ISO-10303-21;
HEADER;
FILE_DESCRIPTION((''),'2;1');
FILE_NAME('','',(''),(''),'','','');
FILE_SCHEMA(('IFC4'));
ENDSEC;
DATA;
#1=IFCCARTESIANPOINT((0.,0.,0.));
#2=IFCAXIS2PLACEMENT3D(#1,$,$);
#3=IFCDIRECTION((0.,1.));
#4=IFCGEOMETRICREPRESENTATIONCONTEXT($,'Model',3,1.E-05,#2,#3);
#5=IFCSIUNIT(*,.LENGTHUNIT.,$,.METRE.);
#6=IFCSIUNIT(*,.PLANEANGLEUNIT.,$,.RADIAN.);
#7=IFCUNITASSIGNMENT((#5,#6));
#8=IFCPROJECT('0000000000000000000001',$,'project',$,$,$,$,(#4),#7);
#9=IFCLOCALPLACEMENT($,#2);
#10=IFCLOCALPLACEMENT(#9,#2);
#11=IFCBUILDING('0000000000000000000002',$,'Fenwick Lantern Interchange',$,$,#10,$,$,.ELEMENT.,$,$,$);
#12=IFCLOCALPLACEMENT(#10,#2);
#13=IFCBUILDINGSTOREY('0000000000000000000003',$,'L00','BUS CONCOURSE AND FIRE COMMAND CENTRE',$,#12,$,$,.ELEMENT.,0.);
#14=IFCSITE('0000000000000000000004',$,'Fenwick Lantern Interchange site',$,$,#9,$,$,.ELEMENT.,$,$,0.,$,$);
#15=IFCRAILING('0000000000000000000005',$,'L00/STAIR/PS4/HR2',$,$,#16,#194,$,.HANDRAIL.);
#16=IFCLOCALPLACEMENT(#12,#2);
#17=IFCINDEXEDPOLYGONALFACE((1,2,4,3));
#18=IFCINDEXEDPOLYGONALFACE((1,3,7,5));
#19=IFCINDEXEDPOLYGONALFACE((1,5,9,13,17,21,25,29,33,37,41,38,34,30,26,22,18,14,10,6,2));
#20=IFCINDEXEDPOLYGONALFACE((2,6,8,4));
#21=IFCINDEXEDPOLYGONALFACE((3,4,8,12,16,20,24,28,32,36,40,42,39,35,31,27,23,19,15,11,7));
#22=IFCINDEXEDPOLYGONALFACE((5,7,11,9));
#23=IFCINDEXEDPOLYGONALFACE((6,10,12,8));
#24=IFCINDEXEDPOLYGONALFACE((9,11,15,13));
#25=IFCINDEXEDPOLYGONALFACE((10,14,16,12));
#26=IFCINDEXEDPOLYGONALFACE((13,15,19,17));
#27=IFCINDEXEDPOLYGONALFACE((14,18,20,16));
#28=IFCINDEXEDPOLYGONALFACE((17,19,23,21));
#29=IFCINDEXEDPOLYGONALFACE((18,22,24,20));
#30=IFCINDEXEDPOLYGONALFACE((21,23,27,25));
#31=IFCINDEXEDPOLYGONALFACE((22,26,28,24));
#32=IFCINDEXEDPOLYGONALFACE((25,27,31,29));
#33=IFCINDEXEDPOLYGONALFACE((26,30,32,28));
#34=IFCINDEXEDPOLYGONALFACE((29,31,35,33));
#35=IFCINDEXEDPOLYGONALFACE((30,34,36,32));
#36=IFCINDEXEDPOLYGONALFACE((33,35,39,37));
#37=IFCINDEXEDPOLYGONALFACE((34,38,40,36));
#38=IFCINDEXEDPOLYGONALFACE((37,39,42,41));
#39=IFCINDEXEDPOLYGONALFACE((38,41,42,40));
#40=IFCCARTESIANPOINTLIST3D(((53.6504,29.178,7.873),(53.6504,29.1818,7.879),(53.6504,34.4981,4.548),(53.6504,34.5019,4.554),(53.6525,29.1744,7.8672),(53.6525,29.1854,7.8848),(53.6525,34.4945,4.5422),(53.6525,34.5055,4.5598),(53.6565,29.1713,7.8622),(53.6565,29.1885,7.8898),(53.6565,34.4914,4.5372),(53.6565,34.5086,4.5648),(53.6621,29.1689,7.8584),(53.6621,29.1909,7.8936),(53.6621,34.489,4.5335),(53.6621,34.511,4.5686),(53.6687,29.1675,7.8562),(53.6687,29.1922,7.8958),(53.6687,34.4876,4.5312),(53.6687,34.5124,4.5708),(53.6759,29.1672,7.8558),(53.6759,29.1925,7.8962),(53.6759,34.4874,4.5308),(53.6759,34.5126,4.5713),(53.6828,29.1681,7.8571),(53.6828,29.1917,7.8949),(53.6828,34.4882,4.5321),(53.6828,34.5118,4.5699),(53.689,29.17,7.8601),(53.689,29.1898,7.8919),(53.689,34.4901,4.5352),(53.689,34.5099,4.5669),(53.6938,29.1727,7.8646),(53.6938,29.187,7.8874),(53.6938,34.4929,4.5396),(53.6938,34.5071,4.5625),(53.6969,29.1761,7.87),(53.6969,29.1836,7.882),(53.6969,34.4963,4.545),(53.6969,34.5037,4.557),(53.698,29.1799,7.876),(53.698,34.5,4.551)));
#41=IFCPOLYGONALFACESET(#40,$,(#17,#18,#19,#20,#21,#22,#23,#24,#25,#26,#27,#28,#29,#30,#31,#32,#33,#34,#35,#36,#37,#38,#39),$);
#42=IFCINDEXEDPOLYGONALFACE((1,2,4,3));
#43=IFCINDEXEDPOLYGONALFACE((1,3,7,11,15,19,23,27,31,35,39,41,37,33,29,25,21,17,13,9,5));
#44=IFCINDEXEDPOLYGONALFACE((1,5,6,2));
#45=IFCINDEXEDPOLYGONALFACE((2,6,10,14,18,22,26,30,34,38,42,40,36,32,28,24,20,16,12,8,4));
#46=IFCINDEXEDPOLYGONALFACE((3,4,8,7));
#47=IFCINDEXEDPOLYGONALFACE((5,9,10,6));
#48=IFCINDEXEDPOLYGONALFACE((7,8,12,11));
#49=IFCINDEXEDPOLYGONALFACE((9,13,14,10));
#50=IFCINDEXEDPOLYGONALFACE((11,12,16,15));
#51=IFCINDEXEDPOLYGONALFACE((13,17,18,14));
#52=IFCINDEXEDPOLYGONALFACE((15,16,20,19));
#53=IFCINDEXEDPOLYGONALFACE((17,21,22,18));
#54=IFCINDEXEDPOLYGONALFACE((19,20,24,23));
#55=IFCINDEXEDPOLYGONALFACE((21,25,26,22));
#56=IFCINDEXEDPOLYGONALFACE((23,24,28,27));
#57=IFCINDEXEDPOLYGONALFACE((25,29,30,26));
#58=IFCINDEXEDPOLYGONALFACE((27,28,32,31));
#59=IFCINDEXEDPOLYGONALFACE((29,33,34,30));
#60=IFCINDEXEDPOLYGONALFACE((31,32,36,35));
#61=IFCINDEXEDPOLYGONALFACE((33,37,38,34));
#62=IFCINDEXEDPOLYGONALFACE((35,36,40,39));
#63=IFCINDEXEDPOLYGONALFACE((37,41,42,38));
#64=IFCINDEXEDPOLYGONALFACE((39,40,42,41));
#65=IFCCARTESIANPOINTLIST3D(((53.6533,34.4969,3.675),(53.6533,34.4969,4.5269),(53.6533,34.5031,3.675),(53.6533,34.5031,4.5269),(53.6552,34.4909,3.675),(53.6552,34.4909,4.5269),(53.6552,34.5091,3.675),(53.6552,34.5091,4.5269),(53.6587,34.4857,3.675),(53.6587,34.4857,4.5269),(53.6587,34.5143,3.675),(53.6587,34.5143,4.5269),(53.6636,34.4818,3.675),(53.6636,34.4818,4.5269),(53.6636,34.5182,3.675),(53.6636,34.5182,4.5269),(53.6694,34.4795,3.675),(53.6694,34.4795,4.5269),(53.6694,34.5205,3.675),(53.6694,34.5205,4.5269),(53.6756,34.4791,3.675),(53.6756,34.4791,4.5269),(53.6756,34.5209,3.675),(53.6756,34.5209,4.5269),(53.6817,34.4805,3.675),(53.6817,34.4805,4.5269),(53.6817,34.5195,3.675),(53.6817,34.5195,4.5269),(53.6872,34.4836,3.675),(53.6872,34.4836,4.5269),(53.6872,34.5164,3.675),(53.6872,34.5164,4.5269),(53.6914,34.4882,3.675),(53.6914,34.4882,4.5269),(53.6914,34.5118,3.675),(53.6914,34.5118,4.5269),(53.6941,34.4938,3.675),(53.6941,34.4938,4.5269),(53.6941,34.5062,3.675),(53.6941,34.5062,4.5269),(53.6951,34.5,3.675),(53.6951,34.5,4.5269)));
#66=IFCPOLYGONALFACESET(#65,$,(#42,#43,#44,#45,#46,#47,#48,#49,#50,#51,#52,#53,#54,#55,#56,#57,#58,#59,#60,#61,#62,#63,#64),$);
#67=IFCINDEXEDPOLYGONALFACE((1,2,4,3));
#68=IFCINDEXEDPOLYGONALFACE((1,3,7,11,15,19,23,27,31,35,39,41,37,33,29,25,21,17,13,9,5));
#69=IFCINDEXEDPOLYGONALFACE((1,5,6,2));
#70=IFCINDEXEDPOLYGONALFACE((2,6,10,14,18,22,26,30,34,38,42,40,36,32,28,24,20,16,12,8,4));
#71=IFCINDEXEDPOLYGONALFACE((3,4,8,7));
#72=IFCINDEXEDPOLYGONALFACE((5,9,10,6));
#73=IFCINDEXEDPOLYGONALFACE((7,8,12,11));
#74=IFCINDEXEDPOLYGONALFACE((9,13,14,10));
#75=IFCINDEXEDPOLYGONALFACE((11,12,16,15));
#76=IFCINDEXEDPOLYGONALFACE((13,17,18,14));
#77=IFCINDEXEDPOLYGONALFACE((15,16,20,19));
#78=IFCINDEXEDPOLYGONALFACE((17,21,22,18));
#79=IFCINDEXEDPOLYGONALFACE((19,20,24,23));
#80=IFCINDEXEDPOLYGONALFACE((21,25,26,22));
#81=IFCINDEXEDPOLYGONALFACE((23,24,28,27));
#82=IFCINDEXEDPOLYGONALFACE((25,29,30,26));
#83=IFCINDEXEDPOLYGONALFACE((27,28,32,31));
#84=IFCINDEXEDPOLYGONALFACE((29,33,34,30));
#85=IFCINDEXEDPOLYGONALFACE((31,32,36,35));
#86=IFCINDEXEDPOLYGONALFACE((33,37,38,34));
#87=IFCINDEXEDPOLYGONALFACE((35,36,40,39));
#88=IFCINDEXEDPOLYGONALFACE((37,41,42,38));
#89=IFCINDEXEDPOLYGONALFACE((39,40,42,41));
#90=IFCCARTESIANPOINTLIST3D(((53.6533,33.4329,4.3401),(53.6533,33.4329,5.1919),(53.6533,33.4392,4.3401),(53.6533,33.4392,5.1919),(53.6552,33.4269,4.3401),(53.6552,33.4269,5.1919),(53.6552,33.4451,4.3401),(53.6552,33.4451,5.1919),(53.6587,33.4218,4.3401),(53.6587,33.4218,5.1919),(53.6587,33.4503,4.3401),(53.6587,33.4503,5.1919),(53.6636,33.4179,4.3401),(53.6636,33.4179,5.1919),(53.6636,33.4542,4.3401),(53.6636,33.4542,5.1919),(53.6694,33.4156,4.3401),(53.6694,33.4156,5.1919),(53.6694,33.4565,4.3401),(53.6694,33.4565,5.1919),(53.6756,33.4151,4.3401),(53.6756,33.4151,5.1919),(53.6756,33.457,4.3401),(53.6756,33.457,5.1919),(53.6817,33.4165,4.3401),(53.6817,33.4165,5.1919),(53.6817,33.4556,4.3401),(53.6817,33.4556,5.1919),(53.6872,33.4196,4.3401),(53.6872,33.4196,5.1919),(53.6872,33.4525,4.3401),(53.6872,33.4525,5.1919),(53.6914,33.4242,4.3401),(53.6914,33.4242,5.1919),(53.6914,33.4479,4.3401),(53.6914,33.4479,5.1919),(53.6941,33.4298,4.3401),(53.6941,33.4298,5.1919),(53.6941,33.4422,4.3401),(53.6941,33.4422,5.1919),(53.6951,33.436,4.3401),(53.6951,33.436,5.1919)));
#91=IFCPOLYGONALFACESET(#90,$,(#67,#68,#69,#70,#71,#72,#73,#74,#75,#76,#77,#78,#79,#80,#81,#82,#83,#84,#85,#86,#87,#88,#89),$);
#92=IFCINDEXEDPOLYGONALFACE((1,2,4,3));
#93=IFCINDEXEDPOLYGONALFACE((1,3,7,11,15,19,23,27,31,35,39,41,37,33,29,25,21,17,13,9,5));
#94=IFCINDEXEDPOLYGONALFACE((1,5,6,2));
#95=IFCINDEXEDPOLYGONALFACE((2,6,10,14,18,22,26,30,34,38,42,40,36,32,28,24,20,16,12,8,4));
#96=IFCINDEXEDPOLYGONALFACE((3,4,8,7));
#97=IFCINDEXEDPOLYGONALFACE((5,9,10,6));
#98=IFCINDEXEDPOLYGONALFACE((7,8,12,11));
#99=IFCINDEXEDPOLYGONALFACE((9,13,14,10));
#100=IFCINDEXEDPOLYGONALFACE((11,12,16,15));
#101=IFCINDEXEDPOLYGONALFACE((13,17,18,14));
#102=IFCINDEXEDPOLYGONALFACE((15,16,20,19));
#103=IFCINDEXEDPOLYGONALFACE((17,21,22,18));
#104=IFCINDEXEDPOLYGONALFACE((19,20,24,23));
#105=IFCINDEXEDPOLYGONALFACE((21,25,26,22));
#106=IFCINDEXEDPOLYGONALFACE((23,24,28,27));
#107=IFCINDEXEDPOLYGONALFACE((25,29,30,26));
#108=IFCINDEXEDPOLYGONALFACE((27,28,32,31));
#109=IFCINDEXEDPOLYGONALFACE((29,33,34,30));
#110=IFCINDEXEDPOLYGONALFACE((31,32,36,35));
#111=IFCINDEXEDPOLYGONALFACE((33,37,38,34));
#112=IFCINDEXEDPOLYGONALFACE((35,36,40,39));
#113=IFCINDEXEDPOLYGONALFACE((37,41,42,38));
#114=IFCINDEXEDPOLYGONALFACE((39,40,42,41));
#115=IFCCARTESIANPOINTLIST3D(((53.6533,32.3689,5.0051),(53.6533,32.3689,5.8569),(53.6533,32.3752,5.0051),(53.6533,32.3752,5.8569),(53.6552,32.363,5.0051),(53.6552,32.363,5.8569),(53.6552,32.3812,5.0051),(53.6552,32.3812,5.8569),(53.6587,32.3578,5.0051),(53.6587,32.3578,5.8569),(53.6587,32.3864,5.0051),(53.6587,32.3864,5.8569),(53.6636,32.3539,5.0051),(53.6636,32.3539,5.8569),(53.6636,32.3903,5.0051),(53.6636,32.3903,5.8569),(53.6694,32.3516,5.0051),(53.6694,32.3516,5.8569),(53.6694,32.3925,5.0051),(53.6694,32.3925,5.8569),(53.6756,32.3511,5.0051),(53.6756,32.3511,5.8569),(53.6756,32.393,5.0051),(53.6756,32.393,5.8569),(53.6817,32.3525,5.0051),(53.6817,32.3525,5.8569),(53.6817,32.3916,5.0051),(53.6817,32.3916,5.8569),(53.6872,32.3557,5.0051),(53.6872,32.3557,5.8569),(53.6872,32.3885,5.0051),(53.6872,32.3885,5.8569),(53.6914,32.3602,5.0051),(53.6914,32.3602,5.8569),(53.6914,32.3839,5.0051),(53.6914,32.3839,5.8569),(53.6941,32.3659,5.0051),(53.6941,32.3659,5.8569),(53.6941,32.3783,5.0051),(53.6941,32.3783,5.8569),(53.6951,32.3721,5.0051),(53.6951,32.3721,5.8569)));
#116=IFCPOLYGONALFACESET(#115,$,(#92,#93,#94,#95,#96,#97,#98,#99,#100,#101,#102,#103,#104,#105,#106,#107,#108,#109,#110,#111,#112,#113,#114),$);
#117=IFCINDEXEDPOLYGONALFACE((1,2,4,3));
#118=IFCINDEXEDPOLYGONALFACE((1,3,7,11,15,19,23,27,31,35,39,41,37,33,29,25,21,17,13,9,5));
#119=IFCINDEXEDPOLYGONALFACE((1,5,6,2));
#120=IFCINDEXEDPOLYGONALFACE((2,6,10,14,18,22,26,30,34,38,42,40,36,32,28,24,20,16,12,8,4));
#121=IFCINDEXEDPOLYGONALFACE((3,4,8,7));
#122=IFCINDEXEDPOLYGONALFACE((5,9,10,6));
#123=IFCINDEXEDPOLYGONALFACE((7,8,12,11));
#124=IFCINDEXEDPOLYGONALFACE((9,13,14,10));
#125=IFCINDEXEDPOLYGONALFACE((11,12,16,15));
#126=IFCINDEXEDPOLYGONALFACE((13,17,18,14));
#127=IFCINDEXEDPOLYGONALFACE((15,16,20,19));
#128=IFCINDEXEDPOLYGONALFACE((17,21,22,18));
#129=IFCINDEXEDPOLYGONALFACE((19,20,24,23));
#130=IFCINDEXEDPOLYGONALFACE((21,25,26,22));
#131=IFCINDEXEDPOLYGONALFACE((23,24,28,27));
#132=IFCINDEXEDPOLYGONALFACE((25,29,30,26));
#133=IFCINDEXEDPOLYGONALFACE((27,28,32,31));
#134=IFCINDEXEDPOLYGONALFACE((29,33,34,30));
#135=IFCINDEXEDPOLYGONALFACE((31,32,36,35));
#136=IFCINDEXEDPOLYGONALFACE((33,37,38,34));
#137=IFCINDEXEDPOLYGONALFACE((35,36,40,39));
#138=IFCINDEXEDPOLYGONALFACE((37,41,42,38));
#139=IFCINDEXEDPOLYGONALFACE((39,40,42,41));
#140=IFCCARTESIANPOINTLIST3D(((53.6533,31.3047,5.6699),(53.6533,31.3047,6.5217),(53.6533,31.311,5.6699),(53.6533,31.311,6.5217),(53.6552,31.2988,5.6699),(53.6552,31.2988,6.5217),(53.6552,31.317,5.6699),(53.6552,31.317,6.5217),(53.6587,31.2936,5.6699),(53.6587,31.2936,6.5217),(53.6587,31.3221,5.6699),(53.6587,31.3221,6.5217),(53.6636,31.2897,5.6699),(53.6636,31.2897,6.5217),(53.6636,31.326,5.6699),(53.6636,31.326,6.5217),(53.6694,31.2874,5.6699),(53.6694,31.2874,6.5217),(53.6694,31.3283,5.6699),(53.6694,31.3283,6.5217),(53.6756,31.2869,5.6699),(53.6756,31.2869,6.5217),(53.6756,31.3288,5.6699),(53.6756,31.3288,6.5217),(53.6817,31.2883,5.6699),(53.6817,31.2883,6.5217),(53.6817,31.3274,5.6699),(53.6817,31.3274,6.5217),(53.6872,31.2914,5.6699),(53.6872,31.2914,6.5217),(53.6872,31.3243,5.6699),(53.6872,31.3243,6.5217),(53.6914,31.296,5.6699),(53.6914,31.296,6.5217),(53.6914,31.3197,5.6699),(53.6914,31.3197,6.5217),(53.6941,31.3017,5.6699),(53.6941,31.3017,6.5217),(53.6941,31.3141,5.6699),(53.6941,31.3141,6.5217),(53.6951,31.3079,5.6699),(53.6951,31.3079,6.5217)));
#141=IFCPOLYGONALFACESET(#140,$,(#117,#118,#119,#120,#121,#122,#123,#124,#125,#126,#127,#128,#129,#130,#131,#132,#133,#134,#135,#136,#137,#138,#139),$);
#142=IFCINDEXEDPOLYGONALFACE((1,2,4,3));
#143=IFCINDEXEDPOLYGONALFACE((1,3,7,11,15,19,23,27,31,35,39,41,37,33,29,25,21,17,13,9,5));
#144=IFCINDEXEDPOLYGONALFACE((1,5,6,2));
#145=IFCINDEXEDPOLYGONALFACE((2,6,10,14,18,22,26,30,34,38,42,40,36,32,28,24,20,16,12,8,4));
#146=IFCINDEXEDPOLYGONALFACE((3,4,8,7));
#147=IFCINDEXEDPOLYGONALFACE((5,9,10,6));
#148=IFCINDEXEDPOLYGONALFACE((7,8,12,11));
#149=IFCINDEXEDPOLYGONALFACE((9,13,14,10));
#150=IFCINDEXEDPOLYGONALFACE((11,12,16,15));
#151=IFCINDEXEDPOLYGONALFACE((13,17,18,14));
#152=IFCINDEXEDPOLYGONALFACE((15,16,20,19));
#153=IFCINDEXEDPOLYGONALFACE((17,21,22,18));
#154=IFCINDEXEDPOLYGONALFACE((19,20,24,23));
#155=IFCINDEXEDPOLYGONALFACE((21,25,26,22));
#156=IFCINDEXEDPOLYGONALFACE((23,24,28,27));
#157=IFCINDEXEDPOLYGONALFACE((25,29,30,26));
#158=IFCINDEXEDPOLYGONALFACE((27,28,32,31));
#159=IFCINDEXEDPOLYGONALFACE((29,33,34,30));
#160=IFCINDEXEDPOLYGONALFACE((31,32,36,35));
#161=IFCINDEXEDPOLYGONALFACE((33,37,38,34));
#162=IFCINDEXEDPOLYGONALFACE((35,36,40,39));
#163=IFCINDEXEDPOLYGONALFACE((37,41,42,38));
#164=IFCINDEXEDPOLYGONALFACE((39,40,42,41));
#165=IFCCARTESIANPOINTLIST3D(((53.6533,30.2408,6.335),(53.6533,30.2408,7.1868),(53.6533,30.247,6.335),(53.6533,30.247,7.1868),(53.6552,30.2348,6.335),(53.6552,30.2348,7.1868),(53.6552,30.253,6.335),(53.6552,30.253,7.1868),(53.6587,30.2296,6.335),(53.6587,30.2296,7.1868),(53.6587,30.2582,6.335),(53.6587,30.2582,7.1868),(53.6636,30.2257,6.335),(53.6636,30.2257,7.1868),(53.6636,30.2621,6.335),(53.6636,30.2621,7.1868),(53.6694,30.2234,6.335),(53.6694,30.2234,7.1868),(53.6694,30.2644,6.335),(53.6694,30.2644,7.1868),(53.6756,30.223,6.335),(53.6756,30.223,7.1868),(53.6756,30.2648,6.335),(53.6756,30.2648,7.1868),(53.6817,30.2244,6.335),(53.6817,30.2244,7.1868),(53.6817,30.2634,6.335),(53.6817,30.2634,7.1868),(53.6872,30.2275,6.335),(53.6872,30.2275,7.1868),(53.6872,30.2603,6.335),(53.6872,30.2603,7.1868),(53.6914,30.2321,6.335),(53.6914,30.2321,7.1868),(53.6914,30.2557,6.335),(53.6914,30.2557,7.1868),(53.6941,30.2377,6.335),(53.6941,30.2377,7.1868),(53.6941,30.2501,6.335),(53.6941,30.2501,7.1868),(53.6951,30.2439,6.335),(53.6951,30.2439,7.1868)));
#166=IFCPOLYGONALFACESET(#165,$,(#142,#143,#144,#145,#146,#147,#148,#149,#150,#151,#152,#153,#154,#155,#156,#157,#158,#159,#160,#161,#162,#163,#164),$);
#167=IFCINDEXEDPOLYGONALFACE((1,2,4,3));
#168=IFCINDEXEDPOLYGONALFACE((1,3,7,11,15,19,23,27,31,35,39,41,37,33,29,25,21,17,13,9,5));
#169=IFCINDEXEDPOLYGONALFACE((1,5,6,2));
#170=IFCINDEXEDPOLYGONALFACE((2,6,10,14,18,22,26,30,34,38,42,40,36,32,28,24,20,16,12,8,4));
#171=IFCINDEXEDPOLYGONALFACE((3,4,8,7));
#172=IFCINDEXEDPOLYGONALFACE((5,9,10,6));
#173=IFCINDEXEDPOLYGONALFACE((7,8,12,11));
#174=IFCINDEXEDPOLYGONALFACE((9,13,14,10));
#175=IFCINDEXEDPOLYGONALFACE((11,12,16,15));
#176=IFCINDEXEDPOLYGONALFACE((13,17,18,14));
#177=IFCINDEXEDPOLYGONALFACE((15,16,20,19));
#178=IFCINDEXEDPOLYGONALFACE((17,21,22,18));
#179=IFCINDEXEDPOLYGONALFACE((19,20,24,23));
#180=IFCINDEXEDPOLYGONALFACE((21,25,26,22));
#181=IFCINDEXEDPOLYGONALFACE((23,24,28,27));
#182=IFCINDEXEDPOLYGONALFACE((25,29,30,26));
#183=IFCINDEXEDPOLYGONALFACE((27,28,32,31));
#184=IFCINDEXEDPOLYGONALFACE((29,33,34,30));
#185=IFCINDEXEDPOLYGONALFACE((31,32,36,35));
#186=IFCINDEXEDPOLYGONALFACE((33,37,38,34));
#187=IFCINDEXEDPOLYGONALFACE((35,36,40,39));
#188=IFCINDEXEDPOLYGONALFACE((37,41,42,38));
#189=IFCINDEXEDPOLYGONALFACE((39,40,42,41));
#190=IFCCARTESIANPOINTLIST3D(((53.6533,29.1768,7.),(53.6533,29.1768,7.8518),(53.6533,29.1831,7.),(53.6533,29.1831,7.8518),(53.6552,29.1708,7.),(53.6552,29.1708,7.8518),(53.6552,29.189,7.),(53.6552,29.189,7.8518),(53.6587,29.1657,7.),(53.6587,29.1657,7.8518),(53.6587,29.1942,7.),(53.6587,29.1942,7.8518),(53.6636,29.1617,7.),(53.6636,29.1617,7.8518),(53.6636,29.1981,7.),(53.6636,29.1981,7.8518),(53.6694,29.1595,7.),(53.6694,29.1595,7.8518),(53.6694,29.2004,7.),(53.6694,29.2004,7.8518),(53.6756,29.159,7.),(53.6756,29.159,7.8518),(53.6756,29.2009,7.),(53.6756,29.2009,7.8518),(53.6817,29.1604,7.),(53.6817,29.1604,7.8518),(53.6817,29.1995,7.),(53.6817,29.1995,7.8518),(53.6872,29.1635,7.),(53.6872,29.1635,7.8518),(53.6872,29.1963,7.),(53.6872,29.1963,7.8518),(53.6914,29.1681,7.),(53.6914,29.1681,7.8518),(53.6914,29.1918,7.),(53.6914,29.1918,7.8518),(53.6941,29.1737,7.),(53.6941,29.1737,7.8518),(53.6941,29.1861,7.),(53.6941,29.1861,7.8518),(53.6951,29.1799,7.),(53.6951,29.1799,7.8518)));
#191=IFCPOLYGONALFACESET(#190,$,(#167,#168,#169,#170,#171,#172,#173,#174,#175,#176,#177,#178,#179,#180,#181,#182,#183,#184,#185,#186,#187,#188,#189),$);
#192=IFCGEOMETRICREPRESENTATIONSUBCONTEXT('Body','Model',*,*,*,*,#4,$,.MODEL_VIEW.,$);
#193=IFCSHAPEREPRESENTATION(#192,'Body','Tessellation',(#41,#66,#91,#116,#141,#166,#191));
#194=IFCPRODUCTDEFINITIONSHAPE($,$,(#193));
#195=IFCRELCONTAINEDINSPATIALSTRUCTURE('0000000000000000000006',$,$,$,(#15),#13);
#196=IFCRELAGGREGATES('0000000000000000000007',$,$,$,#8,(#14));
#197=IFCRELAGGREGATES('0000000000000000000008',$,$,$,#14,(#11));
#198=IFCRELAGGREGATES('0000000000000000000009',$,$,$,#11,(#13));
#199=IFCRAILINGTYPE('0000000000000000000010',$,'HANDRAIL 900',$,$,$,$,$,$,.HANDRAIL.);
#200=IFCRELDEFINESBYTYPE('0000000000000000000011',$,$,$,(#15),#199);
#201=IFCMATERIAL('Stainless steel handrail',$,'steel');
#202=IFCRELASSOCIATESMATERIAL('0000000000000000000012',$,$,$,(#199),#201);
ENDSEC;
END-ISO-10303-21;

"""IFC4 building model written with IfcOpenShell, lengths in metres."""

from ifc_helpers import new_model, si_unit, direction, frame, origin, origin_2d, place, context, subcontext, project, spatial, circle, extrude, material, type_object, element, save


model = new_model("IFC4")

# Units and contexts
model_context = context("Model", 3, precision=1e-05, world=origin(), true_north=direction((0.0, 1.0)))
body_context = subcontext(model_context, "Body", "Model", "MODEL_VIEW")
ifc_project = project(units=[si_unit("LENGTHUNIT", "METRE"), si_unit("PLANEANGLEUNIT", "RADIAN")], contexts=[model_context])

# Site, building, storey
site_placement = place(None, origin())
site = spatial("IfcSite", under=ifc_project, at=site_placement, Name="Fenwick Lantern Interchange site", CompositionType="ELEMENT", RefElevation=0.0)
building_placement = place(site_placement, origin())
building = spatial("IfcBuilding", under=site, at=building_placement, Name="Fenwick Lantern Interchange", CompositionType="ELEMENT")
storey_placement = place(building_placement, origin())
storey = spatial("IfcBuildingStorey", under=building, at=storey_placement, Name="L00", Description="BUS CONCOURSE AND FIRE COMMAND CENTRE", CompositionType="ELEMENT", Elevation=0.0)

# Railing
ifc_material_1 = material(Name="Stainless steel handrail", Category="steel")
railing_type = type_object("IfcRailingType", Name="HANDRAIL 900", PredefinedType="HANDRAIL", material=ifc_material_1)
railing_1_placement = place(storey_placement, frame((53.6741, 34.5, 3.675)))
element("IfcRailing", 1, at=railing_1_placement, inside=storey, type_object=railing_type, Name="L00/STAIR/PS4/HR2", PredefinedType="HANDRAIL", context=body_context, shape_type="SweptSolid", body=[
    extrude(circle(Radius=0.0239, at=origin_2d()), frame((0.0, 0.0, 0.876), z_axis=(0.0, -0.848005, 0.529988), x_axis=(1.0, 0.0, 0.0)), (0.0, 0.0, 1.0), 6.2737),
    extrude(circle(Radius=0.021, at=origin_2d()), origin(), (0.0, 0.0, 1.0), 0.8518),
    extrude(circle(Radius=0.021, at=origin_2d()), frame((0.0, -1.064, 0.665)), (0.0, 0.0, 1.0), 0.8518),
    extrude(circle(Radius=0.021, at=origin_2d()), frame((0.0, -2.1279, 1.3301)), (0.0, 0.0, 1.0), 0.8518),
    extrude(circle(Radius=0.021, at=origin_2d()), frame((0.0, -3.1921, 1.9949)), (0.0, 0.0, 1.0), 0.8518),
    extrude(circle(Radius=0.021, at=origin_2d()), frame((0.0, -4.2561, 2.6599)), (0.0, 0.0, 1.0), 0.8518),
    extrude(circle(Radius=0.021, at=origin_2d()), frame((0.0, -5.3201, 3.325)), (0.0, 0.0, 1.0), 0.8518),
])

save(model, "model.ifc")
